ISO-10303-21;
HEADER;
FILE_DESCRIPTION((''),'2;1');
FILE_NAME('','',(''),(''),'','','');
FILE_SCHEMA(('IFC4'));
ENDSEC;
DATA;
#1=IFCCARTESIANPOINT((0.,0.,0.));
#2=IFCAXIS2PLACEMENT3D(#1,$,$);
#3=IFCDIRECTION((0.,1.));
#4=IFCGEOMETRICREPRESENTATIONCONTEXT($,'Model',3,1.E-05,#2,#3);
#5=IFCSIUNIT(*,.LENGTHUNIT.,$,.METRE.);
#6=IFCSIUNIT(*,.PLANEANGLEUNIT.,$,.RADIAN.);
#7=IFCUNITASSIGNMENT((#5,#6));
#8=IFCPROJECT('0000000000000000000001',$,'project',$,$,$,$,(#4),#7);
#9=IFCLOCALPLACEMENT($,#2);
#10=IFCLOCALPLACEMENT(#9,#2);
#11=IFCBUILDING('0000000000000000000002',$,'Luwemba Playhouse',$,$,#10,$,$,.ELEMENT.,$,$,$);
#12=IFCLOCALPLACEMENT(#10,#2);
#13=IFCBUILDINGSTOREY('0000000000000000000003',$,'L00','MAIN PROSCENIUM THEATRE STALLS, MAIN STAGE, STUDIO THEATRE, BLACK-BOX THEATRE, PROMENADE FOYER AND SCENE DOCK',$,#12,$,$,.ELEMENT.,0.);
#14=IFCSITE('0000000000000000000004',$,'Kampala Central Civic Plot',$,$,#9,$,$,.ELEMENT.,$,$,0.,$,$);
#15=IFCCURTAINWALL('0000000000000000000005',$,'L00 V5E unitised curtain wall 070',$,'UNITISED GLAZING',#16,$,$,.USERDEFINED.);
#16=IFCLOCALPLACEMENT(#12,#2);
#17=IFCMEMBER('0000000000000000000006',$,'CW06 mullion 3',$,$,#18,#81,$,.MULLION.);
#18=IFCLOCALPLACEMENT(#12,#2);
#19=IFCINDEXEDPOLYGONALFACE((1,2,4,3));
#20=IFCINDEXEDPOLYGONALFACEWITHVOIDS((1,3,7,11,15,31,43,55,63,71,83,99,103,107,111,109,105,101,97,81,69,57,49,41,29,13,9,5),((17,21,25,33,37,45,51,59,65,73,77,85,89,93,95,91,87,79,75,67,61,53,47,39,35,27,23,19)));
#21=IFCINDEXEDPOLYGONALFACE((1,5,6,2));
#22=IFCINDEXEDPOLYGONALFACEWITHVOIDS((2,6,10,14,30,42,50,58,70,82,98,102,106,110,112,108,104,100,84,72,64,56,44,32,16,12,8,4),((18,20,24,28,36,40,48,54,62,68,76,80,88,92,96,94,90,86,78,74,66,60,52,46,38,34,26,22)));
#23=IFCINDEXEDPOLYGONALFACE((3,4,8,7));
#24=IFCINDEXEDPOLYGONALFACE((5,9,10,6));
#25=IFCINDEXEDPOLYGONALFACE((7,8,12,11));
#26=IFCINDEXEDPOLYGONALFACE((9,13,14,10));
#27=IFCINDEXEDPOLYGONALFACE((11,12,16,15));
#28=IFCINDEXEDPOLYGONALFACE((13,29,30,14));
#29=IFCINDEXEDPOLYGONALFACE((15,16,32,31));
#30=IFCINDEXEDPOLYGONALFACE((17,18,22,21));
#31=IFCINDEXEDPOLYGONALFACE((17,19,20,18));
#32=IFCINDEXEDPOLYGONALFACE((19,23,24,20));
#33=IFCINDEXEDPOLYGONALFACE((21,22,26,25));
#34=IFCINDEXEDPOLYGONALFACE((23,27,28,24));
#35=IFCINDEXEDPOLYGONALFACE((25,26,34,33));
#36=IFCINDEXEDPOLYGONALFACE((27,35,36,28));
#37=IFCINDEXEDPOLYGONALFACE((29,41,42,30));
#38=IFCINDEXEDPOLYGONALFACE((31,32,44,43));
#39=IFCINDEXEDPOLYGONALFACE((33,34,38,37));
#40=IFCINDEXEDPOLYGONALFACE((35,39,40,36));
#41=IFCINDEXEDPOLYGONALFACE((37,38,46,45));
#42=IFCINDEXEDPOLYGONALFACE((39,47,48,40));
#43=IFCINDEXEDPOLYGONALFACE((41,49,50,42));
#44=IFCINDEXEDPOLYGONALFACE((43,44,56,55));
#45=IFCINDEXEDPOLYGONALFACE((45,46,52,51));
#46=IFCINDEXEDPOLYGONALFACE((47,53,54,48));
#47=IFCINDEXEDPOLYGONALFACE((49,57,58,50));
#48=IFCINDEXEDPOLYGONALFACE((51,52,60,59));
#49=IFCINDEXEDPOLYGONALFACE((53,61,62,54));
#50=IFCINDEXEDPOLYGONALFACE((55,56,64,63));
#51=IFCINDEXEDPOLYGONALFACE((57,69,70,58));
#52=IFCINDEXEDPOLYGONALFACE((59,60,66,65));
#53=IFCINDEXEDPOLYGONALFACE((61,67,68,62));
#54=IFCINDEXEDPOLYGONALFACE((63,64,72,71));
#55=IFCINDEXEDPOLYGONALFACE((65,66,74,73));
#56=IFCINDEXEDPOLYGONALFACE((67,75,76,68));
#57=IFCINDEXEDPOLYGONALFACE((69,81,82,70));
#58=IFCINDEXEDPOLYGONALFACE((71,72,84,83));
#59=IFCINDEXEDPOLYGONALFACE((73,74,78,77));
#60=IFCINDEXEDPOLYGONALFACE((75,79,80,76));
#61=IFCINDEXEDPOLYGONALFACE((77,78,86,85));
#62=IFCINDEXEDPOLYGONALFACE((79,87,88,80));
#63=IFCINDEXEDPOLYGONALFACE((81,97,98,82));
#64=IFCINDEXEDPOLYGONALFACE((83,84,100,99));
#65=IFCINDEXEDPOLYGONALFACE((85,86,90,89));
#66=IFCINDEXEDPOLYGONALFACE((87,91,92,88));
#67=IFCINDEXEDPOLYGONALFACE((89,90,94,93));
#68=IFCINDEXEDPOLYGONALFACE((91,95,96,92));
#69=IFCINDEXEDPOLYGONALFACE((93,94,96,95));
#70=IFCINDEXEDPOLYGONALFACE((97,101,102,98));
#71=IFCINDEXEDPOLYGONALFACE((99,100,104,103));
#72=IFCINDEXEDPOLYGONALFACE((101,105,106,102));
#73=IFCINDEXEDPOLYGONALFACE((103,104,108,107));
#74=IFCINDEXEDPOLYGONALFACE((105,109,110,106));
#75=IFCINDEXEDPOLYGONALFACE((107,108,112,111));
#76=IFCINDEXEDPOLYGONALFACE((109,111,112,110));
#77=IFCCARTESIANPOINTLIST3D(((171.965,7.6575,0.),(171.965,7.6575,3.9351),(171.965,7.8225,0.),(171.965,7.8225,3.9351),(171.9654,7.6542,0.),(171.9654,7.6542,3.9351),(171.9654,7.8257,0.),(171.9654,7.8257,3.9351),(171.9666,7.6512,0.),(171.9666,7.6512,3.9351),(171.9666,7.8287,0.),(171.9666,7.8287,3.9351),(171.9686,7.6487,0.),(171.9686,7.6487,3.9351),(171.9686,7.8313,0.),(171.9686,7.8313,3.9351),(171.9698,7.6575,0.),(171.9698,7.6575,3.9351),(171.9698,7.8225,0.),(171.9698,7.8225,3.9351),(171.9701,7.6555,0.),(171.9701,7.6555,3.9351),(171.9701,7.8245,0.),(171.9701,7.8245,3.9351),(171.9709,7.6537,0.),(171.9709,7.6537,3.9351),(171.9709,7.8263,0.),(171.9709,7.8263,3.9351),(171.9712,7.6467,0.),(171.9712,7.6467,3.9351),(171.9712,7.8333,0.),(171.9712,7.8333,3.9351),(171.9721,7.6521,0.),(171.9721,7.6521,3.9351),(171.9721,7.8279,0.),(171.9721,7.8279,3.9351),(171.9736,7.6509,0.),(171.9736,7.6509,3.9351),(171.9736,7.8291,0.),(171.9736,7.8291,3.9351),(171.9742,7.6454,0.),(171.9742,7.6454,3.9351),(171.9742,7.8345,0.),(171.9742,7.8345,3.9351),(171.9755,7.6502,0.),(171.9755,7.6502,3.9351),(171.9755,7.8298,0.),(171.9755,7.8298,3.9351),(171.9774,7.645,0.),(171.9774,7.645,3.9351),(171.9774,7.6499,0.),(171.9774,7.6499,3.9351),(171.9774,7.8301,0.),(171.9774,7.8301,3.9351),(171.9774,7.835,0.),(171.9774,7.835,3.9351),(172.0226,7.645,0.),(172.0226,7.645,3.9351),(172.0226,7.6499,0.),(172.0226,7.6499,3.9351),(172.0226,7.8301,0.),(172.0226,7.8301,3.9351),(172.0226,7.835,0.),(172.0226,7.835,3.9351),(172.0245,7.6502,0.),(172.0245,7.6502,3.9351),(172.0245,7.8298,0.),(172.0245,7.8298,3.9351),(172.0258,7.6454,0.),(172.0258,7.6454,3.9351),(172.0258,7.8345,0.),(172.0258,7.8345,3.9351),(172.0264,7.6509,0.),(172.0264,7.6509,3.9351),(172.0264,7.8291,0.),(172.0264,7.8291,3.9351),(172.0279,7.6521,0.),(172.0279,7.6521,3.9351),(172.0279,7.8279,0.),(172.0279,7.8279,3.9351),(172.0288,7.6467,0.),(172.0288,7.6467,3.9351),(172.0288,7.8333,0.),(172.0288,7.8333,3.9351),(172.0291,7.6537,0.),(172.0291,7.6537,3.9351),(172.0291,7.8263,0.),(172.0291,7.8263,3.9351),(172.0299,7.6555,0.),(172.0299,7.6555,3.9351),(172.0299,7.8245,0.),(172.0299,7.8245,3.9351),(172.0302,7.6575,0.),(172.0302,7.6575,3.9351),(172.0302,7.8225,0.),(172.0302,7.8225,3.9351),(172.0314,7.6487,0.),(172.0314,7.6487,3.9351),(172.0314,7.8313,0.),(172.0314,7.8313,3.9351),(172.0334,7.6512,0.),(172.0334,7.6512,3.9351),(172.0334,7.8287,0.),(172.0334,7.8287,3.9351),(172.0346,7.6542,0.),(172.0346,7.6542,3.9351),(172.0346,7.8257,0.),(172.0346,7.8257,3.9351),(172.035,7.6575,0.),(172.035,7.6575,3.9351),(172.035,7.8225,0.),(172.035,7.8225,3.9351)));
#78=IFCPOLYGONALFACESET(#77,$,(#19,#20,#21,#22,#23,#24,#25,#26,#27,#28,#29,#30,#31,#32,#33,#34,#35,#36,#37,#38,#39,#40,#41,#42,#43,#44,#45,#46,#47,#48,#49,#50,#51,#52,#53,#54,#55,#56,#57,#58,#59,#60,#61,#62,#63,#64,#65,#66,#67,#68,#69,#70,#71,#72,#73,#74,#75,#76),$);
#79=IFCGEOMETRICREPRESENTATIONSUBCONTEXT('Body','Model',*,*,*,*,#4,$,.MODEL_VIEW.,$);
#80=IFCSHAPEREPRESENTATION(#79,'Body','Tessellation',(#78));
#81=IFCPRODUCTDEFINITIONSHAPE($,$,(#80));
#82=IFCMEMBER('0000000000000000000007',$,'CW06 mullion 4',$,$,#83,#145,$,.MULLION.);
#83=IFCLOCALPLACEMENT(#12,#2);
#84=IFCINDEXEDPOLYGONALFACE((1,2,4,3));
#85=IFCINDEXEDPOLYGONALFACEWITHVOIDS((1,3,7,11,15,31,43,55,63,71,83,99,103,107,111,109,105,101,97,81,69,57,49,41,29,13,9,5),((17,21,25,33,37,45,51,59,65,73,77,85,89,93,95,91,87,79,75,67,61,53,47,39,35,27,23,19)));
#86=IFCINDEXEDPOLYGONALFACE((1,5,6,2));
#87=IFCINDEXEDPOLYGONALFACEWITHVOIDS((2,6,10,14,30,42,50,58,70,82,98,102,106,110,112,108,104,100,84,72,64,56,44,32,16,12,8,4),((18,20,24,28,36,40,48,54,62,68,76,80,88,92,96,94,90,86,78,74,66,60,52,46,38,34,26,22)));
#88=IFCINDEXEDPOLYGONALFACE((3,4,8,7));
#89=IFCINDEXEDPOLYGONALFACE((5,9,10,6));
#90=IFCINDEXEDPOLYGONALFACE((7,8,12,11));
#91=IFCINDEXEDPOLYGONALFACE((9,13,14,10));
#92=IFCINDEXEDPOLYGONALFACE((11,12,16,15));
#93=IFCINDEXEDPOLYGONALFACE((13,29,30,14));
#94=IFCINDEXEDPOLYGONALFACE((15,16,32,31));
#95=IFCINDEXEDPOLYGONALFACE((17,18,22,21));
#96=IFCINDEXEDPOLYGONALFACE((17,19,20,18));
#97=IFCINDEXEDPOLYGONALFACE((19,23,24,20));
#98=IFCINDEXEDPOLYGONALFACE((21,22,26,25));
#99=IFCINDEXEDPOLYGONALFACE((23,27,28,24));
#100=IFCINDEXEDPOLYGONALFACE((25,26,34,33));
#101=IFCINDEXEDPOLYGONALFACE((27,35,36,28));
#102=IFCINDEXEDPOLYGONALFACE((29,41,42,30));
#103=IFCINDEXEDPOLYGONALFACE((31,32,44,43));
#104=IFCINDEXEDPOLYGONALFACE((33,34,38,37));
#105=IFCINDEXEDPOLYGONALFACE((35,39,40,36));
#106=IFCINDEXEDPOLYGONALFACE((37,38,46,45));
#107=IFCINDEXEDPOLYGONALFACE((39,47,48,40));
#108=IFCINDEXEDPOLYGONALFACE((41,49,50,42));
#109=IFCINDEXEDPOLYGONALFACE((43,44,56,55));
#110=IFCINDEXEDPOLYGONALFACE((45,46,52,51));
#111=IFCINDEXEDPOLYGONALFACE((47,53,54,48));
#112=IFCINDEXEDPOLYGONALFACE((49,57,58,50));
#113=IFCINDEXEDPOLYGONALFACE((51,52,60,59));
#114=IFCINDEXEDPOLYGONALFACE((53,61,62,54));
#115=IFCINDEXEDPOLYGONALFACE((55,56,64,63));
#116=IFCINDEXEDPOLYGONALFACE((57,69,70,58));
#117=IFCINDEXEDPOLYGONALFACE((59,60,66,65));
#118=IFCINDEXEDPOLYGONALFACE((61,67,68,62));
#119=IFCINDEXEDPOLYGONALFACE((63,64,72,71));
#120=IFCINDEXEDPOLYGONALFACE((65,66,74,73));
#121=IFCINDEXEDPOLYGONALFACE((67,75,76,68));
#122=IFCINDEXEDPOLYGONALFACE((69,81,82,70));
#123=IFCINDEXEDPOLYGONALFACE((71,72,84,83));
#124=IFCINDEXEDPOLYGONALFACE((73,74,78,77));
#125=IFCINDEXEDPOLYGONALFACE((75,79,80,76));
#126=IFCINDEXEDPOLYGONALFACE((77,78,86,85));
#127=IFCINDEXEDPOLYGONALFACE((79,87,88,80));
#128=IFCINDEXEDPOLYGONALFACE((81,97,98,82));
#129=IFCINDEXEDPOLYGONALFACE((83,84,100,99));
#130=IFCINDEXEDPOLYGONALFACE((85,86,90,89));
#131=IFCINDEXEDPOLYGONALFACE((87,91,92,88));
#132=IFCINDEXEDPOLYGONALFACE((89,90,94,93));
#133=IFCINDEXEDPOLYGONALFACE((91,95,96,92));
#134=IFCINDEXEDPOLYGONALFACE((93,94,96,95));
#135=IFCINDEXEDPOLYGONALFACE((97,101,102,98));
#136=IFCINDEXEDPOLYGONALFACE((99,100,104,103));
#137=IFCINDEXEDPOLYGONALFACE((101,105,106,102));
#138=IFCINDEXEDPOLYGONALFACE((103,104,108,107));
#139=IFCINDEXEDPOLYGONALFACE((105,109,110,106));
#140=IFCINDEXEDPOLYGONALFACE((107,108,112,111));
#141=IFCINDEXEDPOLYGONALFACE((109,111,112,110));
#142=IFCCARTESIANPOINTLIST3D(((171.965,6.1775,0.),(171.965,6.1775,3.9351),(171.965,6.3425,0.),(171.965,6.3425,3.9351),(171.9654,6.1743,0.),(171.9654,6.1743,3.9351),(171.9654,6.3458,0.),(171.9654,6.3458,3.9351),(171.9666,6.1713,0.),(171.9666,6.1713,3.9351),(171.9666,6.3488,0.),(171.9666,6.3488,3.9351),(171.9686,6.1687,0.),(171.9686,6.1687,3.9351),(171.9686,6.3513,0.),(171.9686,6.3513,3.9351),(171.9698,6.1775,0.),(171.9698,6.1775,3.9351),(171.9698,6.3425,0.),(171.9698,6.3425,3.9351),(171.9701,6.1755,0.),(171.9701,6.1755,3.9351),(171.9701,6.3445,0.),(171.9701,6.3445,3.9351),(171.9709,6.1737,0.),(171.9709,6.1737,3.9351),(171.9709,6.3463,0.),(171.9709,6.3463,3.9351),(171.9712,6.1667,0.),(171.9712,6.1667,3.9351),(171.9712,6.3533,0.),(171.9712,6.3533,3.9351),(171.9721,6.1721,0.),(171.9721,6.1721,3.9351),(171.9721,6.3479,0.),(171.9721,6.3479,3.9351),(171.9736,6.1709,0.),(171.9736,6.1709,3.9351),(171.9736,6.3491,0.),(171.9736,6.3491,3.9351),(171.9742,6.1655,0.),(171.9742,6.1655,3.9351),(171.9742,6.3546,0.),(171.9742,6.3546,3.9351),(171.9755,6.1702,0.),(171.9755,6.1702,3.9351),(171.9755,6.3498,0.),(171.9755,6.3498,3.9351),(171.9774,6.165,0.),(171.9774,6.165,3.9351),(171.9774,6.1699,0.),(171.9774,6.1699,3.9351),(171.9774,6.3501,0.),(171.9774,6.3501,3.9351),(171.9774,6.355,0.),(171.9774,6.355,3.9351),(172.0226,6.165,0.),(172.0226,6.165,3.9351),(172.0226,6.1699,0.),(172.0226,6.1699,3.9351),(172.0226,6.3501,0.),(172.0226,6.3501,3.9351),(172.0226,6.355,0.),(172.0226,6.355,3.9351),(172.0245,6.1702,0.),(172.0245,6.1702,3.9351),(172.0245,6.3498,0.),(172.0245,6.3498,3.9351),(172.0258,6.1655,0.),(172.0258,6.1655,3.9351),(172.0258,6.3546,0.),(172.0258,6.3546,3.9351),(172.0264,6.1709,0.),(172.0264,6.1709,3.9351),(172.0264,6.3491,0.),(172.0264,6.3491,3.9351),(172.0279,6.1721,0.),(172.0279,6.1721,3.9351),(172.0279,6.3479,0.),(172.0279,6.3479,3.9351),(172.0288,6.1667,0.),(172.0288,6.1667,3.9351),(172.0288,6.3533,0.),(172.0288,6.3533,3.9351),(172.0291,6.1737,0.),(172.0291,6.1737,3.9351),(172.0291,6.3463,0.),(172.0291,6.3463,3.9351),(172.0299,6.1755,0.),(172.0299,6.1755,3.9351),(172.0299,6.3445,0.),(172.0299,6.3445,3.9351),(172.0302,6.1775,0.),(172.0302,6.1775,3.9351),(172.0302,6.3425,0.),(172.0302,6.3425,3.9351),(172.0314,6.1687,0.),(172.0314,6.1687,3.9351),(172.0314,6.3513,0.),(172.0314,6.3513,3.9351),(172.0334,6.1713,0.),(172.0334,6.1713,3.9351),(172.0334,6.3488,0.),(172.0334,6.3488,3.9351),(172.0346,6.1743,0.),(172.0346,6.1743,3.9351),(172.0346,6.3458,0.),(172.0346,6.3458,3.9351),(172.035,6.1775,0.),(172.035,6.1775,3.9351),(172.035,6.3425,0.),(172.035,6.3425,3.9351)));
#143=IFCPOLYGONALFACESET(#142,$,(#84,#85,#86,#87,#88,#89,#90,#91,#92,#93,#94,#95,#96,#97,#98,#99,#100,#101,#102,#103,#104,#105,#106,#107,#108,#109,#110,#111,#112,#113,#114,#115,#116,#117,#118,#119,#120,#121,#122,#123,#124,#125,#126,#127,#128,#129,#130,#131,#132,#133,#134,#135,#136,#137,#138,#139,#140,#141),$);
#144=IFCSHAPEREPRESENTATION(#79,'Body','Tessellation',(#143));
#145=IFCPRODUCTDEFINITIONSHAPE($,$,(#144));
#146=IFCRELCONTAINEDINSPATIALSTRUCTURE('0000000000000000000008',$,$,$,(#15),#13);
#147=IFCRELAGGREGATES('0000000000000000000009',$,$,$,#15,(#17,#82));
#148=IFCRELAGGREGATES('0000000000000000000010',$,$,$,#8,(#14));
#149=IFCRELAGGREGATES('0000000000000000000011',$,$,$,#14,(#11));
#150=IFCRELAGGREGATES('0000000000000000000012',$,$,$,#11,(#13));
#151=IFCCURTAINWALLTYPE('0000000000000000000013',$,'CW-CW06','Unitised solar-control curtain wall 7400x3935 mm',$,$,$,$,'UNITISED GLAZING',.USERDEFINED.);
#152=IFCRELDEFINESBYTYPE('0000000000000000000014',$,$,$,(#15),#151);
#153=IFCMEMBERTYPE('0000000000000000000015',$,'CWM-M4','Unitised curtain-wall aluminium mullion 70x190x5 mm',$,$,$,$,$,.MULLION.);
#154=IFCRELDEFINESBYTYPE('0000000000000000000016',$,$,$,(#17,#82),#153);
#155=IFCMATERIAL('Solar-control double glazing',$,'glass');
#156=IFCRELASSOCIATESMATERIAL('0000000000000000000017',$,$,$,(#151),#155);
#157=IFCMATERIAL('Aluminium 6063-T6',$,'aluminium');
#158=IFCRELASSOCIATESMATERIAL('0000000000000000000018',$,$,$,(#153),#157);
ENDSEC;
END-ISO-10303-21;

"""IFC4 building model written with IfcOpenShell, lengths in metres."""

from ifc_helpers import new_model, si_unit, direction, frame, origin, origin_2d, place, context, subcontext, project, spatial, hollow_rectangle, extrude, material, material_profile, profile_set, type_object, element, aggregate, save


model = new_model("IFC4")

# Units and contexts
model_context = context("Model", 3, precision=1e-05, world=origin(), true_north=direction((0.0, 1.0)))
body_context = subcontext(model_context, "Body", "Model", "MODEL_VIEW")
ifc_project = project(units=[si_unit("LENGTHUNIT", "METRE"), si_unit("PLANEANGLEUNIT", "RADIAN")], contexts=[model_context])

# Site, building, storey
site_placement = place(None, origin())
site = spatial("IfcSite", under=ifc_project, at=site_placement, Name="Kampala Central Civic Plot", CompositionType="ELEMENT", RefElevation=0.0)
building_placement = place(site_placement, origin())
building = spatial("IfcBuilding", under=site, at=building_placement, Name="Luwemba Playhouse", CompositionType="ELEMENT")
storey_placement = place(building_placement, origin())
storey = spatial("IfcBuildingStorey", under=building, at=storey_placement, Name="L00", Description="MAIN PROSCENIUM THEATRE STALLS, MAIN STAGE, STUDIO THEATRE, BLACK-BOX THEATRE, PROMENADE FOYER AND SCENE DOCK", CompositionType="ELEMENT", Elevation=0.0)

# Curtain wall, members
ifc_material_1 = material(Name="Solar-control double glazing", Category="glass")
curtain_wall_type = type_object("IfcCurtainWallType", Name="CW-CW06", Description="Unitised solar-control curtain wall 7400x3935 mm", ElementType="UNITISED GLAZING", PredefinedType="USERDEFINED", material=ifc_material_1)
curtain_wall_placement = place(storey_placement, origin())
curtain_wall = element("IfcCurtainWall", 1, at=curtain_wall_placement, inside=storey, type_object=curtain_wall_type, Name="L00 V5E unitised curtain wall 070", ObjectType="UNITISED GLAZING", PredefinedType="USERDEFINED")
ifc_material_2 = material(Name="Aluminium 6063-T6", Category="aluminium")
ifc_material_profile_1 = material_profile(ifc_material_2, hollow_rectangle(XDim=0.0701, YDim=0.1899, WallThickness=0.0049, InnerFilletRadius=0.0076, OuterFilletRadius=0.0125, at=origin_2d()))
ifc_profile_set_1 = profile_set([ifc_material_profile_1], Name="Aluminium 6063-T6")
member_type_1 = type_object("IfcMemberType", Name="CWM-M4", Description="Unitised curtain-wall aluminium mullion 70x190x5 mm", PredefinedType="MULLION", material=ifc_profile_set_1)
member_1_placement = place(storey_placement, frame((172.0, 7.74, 0.0), z_axis=(0.0, 0.0, 1.0), x_axis=(1.0, 0.0, 0.0)))
member_1 = element("IfcMember", 2, at=member_1_placement, type_object=member_type_1, Name="CW06 mullion 3", PredefinedType="MULLION", context=body_context, shape_type="SweptSolid", body=[
    extrude(hollow_rectangle(XDim=0.0701, YDim=0.1899, WallThickness=0.0049, InnerFilletRadius=0.0076, OuterFilletRadius=0.0125, at=origin_2d()), origin(), (0.0, 0.0, 1.0), 3.9351),
])
member_2_placement = place(storey_placement, frame((172.0, 6.26, 0.0), z_axis=(0.0, 0.0, 1.0), x_axis=(1.0, 0.0, 0.0)))
member_2 = element("IfcMember", 3, at=member_2_placement, type_object=member_type_1, Name="CW06 mullion 4", PredefinedType="MULLION", context=body_context, shape_type="SweptSolid", body=[
    extrude(hollow_rectangle(XDim=0.0701, YDim=0.1899, WallThickness=0.0049, InnerFilletRadius=0.0076, OuterFilletRadius=0.0125, at=origin_2d()), origin(), (0.0, 0.0, 1.0), 3.9351),
])
aggregate(curtain_wall, [member_1, member_2])

save(model, "model.ifc")
